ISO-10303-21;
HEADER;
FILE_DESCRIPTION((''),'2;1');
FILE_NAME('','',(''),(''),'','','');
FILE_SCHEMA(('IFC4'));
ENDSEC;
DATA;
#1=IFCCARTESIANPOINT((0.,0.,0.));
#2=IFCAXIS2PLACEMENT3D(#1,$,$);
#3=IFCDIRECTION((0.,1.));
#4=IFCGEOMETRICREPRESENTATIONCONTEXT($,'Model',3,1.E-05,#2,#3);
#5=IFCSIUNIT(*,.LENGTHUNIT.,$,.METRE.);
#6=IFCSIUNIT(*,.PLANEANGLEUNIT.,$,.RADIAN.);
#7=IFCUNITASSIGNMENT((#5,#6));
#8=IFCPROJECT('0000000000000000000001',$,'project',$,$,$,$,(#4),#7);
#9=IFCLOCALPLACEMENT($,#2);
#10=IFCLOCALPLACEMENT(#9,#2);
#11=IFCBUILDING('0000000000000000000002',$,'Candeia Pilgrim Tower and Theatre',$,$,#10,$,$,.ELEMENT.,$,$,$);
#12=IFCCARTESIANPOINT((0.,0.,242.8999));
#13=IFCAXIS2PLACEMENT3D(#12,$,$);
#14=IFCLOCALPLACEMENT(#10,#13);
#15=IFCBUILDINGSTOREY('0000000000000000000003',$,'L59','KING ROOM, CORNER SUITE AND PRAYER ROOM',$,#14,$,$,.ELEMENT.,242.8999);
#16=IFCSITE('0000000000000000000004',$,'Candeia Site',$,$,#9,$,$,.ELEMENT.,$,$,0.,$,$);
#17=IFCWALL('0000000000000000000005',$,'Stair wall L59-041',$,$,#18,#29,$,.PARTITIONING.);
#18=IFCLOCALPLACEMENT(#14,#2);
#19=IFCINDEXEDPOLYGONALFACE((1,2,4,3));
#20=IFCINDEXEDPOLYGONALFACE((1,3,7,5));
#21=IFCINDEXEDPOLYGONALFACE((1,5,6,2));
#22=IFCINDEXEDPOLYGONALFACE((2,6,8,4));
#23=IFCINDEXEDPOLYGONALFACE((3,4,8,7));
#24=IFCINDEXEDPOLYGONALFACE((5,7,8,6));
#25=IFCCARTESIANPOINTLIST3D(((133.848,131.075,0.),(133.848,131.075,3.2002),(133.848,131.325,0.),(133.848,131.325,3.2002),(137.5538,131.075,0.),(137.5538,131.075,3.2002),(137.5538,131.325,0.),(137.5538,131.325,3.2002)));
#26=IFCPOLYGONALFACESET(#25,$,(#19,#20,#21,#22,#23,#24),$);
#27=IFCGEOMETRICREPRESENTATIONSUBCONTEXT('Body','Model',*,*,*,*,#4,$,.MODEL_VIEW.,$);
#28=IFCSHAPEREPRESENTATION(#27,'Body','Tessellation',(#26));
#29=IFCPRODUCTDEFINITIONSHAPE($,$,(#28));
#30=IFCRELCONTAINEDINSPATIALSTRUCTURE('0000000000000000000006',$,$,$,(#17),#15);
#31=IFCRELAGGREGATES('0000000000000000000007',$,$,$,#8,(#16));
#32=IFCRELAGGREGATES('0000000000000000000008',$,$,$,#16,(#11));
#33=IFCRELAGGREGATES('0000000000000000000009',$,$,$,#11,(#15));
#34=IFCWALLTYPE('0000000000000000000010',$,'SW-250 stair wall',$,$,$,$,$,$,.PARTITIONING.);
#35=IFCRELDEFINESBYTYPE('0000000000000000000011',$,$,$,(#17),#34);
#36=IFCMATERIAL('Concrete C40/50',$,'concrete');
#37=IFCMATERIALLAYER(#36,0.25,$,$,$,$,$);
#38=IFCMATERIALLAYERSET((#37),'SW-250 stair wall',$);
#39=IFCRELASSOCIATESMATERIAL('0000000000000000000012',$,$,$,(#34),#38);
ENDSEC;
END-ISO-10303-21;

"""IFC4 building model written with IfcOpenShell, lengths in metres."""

from ifc_helpers import new_model, si_unit, direction, frame, frame_2d, origin, place, context, subcontext, project, spatial, rectangle, extrude, material, layer, layer_set, type_object, element, save


model = new_model("IFC4")

# Units and contexts
model_context = context("Model", 3, precision=1e-05, world=origin(), true_north=direction((0.0, 1.0)))
body_context = subcontext(model_context, "Body", "Model", "MODEL_VIEW")
ifc_project = project(units=[si_unit("LENGTHUNIT", "METRE"), si_unit("PLANEANGLEUNIT", "RADIAN")], contexts=[model_context])

# Site, building, storey
site_placement = place(None, origin())
site = spatial("IfcSite", under=ifc_project, at=site_placement, Name="Candeia Site", CompositionType="ELEMENT", RefElevation=0.0)
building_placement = place(site_placement, origin())
building = spatial("IfcBuilding", under=site, at=building_placement, Name="Candeia Pilgrim Tower and Theatre", CompositionType="ELEMENT")
storey_placement = place(building_placement, frame((0.0, 0.0, 242.8999)))
storey = spatial("IfcBuildingStorey", under=building, at=storey_placement, Name="L59", Description="KING ROOM, CORNER SUITE AND PRAYER ROOM", CompositionType="ELEMENT", Elevation=242.8999)

# Shared definitions
ifc_material_1 = material(Name="Concrete C40/50", Category="concrete")

# Wall
ifc_layer_1 = layer(ifc_material_1, 0.25)
ifc_layer_set_1 = layer_set([ifc_layer_1], Name="SW-250 stair wall")
wall_type_1 = type_object("IfcWallType", Name="SW-250 stair wall", PredefinedType="PARTITIONING", material=ifc_layer_set_1)
wall_1_placement = place(storey_placement, frame((133.8479, 131.2, 0.0), z_axis=(0.0, 0.0, 1.0), x_axis=(1.0, 0.0, 0.0)))
element("IfcWall", 1, at=wall_1_placement, inside=storey, type_object=wall_type_1, Name="Stair wall L59-041", PredefinedType="PARTITIONING", context=body_context, shape_type="SweptSolid", body=[
    extrude(rectangle(XDim=3.7058, YDim=0.25, at=frame_2d((1.853, 0.0))), origin(), (0.0, 0.0, 1.0), 3.2002),
])

save(model, "model.ifc")
